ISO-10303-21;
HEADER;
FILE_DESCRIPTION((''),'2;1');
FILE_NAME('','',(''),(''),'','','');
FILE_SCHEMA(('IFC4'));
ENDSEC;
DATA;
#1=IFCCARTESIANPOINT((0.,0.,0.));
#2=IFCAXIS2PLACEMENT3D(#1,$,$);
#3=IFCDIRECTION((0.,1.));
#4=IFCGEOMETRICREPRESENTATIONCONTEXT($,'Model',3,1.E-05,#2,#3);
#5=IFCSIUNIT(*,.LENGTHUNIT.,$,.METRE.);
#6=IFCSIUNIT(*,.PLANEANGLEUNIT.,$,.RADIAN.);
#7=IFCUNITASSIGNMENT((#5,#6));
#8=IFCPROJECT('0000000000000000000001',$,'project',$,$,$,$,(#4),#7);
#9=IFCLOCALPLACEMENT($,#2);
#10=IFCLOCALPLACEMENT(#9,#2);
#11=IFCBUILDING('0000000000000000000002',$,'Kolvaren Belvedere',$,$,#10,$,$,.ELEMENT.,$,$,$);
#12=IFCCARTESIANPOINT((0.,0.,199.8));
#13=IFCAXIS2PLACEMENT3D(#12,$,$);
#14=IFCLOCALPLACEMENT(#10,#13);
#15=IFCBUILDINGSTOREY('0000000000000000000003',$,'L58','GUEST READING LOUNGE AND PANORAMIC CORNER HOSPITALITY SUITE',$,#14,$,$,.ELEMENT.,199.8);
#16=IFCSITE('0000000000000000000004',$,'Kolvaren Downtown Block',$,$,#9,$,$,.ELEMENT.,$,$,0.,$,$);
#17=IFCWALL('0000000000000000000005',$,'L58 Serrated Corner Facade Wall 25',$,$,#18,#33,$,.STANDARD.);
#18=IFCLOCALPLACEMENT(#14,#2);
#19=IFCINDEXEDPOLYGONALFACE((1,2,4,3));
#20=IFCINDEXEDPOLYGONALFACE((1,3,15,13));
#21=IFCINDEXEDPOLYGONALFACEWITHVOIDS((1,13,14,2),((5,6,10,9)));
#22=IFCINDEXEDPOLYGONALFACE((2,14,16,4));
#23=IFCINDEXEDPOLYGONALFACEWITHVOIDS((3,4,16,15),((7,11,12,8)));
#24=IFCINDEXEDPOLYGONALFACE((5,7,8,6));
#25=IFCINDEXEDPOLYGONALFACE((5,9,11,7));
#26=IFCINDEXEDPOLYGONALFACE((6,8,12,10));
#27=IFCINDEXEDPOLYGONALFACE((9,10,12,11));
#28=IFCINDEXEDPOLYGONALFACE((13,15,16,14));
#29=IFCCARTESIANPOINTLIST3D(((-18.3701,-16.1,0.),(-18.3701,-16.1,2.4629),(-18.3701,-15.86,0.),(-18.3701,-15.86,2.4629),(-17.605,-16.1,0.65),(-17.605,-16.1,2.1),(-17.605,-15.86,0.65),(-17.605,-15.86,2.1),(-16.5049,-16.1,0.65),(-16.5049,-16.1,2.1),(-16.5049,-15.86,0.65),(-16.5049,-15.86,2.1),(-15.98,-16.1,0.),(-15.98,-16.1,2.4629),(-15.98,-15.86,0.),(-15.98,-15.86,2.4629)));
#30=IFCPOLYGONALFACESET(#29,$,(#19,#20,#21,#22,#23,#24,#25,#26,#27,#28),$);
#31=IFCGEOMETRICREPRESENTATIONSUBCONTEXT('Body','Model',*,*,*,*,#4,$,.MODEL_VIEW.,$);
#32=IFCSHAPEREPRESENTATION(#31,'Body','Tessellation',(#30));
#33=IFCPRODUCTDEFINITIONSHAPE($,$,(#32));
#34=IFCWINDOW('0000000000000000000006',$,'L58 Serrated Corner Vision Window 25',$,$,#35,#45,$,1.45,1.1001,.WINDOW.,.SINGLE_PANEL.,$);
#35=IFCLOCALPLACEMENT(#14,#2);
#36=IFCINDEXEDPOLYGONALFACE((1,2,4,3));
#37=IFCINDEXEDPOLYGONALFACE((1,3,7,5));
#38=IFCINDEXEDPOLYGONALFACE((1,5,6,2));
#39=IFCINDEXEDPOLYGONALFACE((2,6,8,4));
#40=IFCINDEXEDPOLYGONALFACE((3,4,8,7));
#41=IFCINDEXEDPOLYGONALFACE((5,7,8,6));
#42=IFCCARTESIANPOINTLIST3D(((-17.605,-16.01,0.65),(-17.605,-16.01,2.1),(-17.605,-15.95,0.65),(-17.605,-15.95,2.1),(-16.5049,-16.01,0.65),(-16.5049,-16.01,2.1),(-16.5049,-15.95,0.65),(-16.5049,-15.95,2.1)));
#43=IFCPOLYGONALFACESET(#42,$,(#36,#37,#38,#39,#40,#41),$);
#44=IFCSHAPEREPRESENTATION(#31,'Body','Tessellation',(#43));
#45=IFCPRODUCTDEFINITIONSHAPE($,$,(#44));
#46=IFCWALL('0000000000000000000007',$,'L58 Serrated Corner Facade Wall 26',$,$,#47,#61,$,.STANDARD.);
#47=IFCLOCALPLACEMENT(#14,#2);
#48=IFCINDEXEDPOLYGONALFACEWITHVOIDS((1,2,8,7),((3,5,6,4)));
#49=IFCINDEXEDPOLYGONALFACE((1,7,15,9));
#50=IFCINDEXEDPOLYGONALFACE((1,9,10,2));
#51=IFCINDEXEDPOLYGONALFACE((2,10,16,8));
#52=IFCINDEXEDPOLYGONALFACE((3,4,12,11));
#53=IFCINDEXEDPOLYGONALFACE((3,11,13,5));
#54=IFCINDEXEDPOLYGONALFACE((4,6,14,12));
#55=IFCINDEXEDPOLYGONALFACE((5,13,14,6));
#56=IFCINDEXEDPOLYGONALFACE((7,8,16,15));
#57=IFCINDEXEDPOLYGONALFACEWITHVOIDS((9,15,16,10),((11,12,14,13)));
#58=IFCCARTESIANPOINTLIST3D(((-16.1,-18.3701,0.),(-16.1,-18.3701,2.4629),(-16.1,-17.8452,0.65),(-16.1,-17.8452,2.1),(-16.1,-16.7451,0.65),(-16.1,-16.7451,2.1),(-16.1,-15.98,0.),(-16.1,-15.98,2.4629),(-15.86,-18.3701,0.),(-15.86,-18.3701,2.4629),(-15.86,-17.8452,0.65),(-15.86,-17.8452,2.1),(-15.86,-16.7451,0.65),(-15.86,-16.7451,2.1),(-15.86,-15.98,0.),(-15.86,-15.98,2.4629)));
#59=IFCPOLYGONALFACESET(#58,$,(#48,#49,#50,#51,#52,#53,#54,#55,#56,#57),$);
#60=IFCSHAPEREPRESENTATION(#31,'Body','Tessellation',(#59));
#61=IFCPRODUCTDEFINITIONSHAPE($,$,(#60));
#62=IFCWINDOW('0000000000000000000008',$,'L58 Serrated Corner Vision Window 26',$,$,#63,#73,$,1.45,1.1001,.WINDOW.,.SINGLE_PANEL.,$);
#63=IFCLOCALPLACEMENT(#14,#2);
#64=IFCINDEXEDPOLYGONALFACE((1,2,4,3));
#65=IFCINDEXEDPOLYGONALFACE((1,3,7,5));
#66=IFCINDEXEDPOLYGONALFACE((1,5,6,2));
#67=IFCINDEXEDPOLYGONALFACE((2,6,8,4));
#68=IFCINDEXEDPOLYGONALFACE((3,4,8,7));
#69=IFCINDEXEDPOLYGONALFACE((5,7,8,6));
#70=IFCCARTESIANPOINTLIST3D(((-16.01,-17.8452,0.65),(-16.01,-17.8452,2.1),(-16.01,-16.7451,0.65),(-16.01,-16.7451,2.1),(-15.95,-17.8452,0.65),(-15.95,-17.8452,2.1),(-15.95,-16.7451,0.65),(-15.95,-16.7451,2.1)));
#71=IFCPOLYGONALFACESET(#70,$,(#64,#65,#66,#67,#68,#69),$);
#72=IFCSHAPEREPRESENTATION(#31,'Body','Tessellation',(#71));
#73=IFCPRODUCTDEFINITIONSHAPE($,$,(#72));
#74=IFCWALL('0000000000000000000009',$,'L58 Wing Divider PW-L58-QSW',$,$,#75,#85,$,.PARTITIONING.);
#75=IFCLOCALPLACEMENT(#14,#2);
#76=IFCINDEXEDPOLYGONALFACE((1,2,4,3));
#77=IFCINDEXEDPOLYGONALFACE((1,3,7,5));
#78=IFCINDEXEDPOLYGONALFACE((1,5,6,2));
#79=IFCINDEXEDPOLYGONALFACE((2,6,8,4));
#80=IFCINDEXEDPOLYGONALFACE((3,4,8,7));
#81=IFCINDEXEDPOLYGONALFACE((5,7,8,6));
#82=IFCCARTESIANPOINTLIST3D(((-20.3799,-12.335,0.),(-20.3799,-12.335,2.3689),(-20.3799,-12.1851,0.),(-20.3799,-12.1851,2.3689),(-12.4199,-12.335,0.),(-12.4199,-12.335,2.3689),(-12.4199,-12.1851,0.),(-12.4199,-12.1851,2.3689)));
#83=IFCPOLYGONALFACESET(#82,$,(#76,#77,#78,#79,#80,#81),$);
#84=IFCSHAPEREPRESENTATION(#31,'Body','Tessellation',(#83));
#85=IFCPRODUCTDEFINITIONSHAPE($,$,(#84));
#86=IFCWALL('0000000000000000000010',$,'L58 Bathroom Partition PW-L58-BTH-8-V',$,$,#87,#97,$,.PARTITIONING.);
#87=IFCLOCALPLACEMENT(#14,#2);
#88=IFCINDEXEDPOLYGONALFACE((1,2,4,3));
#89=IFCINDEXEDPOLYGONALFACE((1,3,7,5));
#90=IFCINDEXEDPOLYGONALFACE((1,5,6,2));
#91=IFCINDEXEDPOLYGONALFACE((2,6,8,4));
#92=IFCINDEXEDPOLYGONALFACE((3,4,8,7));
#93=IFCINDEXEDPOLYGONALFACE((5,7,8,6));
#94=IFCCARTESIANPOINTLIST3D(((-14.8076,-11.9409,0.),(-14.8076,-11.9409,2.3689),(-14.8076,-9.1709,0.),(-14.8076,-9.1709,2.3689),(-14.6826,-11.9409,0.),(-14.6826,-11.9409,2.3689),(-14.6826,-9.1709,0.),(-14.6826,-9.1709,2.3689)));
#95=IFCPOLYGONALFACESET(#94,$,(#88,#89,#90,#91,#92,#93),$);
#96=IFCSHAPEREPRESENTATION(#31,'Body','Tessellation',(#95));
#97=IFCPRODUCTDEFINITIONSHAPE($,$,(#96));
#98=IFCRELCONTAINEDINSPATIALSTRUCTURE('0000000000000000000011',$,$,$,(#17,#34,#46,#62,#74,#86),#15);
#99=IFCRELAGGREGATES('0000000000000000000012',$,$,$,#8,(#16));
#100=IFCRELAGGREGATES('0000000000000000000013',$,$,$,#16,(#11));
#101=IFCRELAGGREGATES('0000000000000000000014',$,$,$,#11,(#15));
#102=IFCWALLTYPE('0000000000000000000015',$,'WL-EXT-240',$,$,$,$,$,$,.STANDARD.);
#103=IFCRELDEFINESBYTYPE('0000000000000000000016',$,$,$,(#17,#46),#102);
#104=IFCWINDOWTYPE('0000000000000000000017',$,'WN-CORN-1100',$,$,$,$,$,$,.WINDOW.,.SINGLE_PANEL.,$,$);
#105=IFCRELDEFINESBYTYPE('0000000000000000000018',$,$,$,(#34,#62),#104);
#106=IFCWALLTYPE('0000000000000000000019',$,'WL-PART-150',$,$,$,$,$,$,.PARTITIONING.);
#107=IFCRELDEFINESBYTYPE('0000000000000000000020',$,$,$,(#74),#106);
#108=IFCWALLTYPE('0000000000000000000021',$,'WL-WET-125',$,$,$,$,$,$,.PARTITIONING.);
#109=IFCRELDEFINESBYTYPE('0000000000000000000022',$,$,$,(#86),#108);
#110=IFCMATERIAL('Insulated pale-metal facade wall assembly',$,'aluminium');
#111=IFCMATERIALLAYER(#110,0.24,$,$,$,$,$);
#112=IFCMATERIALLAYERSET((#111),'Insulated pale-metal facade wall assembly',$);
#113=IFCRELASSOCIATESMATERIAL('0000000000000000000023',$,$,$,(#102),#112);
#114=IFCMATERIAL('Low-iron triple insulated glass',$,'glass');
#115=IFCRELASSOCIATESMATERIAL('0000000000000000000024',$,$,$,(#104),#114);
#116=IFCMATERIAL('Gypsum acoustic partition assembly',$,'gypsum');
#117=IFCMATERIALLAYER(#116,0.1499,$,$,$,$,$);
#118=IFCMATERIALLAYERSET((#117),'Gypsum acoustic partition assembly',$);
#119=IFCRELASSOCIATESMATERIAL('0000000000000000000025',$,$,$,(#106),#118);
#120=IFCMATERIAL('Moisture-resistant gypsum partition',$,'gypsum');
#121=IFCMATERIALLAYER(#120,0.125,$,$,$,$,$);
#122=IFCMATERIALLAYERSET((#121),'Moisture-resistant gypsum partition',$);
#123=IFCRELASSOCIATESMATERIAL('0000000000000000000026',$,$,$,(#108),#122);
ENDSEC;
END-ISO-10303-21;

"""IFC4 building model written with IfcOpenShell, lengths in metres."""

from ifc_helpers import new_model, si_unit, direction, frame, frame_2d, origin, place, context, subcontext, project, spatial, rectangle, extrude, material, layer, layer_set, type_object, element, fill, save


model = new_model("IFC4")

# Units and contexts
model_context = context("Model", 3, precision=1e-05, world=origin(), true_north=direction((0.0, 1.0)))
body_context = subcontext(model_context, "Body", "Model", "MODEL_VIEW")
ifc_project = project(units=[si_unit("LENGTHUNIT", "METRE"), si_unit("PLANEANGLEUNIT", "RADIAN")], contexts=[model_context])

# Site, building, storey
site_placement = place(None, origin())
site = spatial("IfcSite", under=ifc_project, at=site_placement, Name="Kolvaren Downtown Block", CompositionType="ELEMENT", RefElevation=0.0)
building_placement = place(site_placement, origin())
building = spatial("IfcBuilding", under=site, at=building_placement, Name="Kolvaren Belvedere", CompositionType="ELEMENT")
storey_placement = place(building_placement, frame((0.0, 0.0, 199.8)))
storey = spatial("IfcBuildingStorey", under=building, at=storey_placement, Name="L58", Description="GUEST READING LOUNGE AND PANORAMIC CORNER HOSPITALITY SUITE", CompositionType="ELEMENT", Elevation=199.8)

# Shared definitions
ifc_material_1 = material(Name="Insulated pale-metal facade wall assembly", Category="aluminium")
ifc_layer_1 = layer(ifc_material_1, 0.24)
ifc_layer_set_1 = layer_set([ifc_layer_1], Name="Insulated pale-metal facade wall assembly")
wall_type_1 = type_object("IfcWallType", Name="WL-EXT-240", PredefinedType="STANDARD", material=ifc_layer_set_1)

# Walls, openings, windows
wall_1_placement = place(storey_placement, frame((-15.98, -15.98, 0.0), z_axis=(0.0, 0.0, 1.0), x_axis=(-1.0, 0.0, 0.0)))
wall_1 = element("IfcWall", 1, at=wall_1_placement, inside=storey, type_object=wall_type_1, Name="L58 Serrated Corner Facade Wall 25", PredefinedType="STANDARD", context=body_context, shape_type="SweptSolid", body=[
    extrude(rectangle(XDim=2.3901, YDim=0.24, at=frame_2d((1.1951, 0.0))), origin(), (0.0, 0.0, 1.0), 2.4629),
])
opening_1_placement = place(wall_1_placement, frame((0.5249, 0.0, 0.6499)))
opening_1 = element("IfcOpeningElement", 2, at=opening_1_placement, cuts=wall_1, PredefinedType="OPENING", context=body_context, shape_type="SweptSolid", body=[
    extrude(rectangle(XDim=1.1001, YDim=1.45, at=frame_2d((0.55, 0.7251))), frame((0.0, 0.1299, 0.0), z_axis=(0.0, -1.0, 0.0), x_axis=(1.0, 0.0, 0.0)), (0.0, 0.0, 1.0), 0.26),
])
ifc_material_2 = material(Name="Low-iron triple insulated glass", Category="glass")
window_type_1 = type_object("IfcWindowType", Name="WN-CORN-1100", PartitioningType="SINGLE_PANEL", PredefinedType="WINDOW", material=ifc_material_2)
window_1_placement = place(opening_1_placement, origin())
window_1 = element("IfcWindow", 3, at=window_1_placement, inside=storey, type_object=window_type_1, Name="L58 Serrated Corner Vision Window 25", OverallHeight=1.45, OverallWidth=1.1001, PartitioningType="SINGLE_PANEL", PredefinedType="WINDOW", context=body_context, shape_type="SweptSolid", body=[
    extrude(rectangle(XDim=1.1001, YDim=1.45, at=frame_2d((0.55, 0.7251))), frame((0.0, 0.03, 0.0), z_axis=(0.0, -1.0, 0.0), x_axis=(1.0, 0.0, 0.0)), (0.0, 0.0, 1.0), 0.0601),
])
fill(opening_1, window_1)
wall_2_placement = place(storey_placement, frame((-15.98, -18.3701, 0.0), z_axis=(0.0, 0.0, 1.0), x_axis=(0.0, 1.0, 0.0)))
wall_2 = element("IfcWall", 4, at=wall_2_placement, inside=storey, type_object=wall_type_1, Name="L58 Serrated Corner Facade Wall 26", PredefinedType="STANDARD", context=body_context, shape_type="SweptSolid", body=[
    extrude(rectangle(XDim=2.3901, YDim=0.24, at=frame_2d((1.1951, 0.0))), origin(), (0.0, 0.0, 1.0), 2.4629),
])
opening_2_placement = place(wall_2_placement, frame((0.5249, 0.0, 0.6499)))
opening_2 = element("IfcOpeningElement", 5, at=opening_2_placement, cuts=wall_2, PredefinedType="OPENING", context=body_context, shape_type="SweptSolid", body=[
    extrude(rectangle(XDim=1.1001, YDim=1.45, at=frame_2d((0.55, 0.7251))), frame((0.0, 0.1299, 0.0), z_axis=(0.0, -1.0, 0.0), x_axis=(1.0, 0.0, 0.0)), (0.0, 0.0, 1.0), 0.26),
])
window_2_placement = place(opening_2_placement, origin())
window_2 = element("IfcWindow", 6, at=window_2_placement, inside=storey, type_object=window_type_1, Name="L58 Serrated Corner Vision Window 26", OverallHeight=1.45, OverallWidth=1.1001, PartitioningType="SINGLE_PANEL", PredefinedType="WINDOW", context=body_context, shape_type="SweptSolid", body=[
    extrude(rectangle(XDim=1.1001, YDim=1.45, at=frame_2d((0.55, 0.7251))), frame((0.0, 0.03, 0.0), z_axis=(0.0, -1.0, 0.0), x_axis=(1.0, 0.0, 0.0)), (0.0, 0.0, 1.0), 0.0601),
])
fill(opening_2, window_2)

# Walls
ifc_material_3 = material(Name="Gypsum acoustic partition assembly", Category="gypsum")
ifc_layer_2 = layer(ifc_material_3, 0.1499)
ifc_layer_set_2 = layer_set([ifc_layer_2], Name="Gypsum acoustic partition assembly")
wall_type_2 = type_object("IfcWallType", Name="WL-PART-150", PredefinedType="PARTITIONING", material=ifc_layer_set_2)
wall_3_placement = place(storey_placement, frame((-20.3799, -12.26, 0.0), z_axis=(0.0, 0.0, 1.0), x_axis=(1.0, 0.0, 0.0)))
element("IfcWall", 7, at=wall_3_placement, inside=storey, type_object=wall_type_2, Name="L58 Wing Divider PW-L58-QSW", PredefinedType="PARTITIONING", context=body_context, shape_type="SweptSolid", body=[
    extrude(rectangle(XDim=7.96, YDim=0.1499, at=frame_2d((3.98, 0.0))), origin(), (0.0, 0.0, 1.0), 2.3689),
])
ifc_material_4 = material(Name="Moisture-resistant gypsum partition", Category="gypsum")
ifc_layer_3 = layer(ifc_material_4, 0.125)
ifc_layer_set_3 = layer_set([ifc_layer_3], Name="Moisture-resistant gypsum partition")
wall_type_3 = type_object("IfcWallType", Name="WL-WET-125", PredefinedType="PARTITIONING", material=ifc_layer_set_3)
wall_4_placement = place(storey_placement, frame((-14.7451, -11.9409, 0.0), z_axis=(0.0, 0.0, 1.0), x_axis=(0.0, 1.0, 0.0)))
element("IfcWall", 8, at=wall_4_placement, inside=storey, type_object=wall_type_3, Name="L58 Bathroom Partition PW-L58-BTH-8-V", PredefinedType="PARTITIONING", context=body_context, shape_type="SweptSolid", body=[
    extrude(rectangle(XDim=2.77, YDim=0.125, at=frame_2d((1.385, 0.0))), origin(), (0.0, 0.0, 1.0), 2.3689),
])

save(model, "model.ifc")
